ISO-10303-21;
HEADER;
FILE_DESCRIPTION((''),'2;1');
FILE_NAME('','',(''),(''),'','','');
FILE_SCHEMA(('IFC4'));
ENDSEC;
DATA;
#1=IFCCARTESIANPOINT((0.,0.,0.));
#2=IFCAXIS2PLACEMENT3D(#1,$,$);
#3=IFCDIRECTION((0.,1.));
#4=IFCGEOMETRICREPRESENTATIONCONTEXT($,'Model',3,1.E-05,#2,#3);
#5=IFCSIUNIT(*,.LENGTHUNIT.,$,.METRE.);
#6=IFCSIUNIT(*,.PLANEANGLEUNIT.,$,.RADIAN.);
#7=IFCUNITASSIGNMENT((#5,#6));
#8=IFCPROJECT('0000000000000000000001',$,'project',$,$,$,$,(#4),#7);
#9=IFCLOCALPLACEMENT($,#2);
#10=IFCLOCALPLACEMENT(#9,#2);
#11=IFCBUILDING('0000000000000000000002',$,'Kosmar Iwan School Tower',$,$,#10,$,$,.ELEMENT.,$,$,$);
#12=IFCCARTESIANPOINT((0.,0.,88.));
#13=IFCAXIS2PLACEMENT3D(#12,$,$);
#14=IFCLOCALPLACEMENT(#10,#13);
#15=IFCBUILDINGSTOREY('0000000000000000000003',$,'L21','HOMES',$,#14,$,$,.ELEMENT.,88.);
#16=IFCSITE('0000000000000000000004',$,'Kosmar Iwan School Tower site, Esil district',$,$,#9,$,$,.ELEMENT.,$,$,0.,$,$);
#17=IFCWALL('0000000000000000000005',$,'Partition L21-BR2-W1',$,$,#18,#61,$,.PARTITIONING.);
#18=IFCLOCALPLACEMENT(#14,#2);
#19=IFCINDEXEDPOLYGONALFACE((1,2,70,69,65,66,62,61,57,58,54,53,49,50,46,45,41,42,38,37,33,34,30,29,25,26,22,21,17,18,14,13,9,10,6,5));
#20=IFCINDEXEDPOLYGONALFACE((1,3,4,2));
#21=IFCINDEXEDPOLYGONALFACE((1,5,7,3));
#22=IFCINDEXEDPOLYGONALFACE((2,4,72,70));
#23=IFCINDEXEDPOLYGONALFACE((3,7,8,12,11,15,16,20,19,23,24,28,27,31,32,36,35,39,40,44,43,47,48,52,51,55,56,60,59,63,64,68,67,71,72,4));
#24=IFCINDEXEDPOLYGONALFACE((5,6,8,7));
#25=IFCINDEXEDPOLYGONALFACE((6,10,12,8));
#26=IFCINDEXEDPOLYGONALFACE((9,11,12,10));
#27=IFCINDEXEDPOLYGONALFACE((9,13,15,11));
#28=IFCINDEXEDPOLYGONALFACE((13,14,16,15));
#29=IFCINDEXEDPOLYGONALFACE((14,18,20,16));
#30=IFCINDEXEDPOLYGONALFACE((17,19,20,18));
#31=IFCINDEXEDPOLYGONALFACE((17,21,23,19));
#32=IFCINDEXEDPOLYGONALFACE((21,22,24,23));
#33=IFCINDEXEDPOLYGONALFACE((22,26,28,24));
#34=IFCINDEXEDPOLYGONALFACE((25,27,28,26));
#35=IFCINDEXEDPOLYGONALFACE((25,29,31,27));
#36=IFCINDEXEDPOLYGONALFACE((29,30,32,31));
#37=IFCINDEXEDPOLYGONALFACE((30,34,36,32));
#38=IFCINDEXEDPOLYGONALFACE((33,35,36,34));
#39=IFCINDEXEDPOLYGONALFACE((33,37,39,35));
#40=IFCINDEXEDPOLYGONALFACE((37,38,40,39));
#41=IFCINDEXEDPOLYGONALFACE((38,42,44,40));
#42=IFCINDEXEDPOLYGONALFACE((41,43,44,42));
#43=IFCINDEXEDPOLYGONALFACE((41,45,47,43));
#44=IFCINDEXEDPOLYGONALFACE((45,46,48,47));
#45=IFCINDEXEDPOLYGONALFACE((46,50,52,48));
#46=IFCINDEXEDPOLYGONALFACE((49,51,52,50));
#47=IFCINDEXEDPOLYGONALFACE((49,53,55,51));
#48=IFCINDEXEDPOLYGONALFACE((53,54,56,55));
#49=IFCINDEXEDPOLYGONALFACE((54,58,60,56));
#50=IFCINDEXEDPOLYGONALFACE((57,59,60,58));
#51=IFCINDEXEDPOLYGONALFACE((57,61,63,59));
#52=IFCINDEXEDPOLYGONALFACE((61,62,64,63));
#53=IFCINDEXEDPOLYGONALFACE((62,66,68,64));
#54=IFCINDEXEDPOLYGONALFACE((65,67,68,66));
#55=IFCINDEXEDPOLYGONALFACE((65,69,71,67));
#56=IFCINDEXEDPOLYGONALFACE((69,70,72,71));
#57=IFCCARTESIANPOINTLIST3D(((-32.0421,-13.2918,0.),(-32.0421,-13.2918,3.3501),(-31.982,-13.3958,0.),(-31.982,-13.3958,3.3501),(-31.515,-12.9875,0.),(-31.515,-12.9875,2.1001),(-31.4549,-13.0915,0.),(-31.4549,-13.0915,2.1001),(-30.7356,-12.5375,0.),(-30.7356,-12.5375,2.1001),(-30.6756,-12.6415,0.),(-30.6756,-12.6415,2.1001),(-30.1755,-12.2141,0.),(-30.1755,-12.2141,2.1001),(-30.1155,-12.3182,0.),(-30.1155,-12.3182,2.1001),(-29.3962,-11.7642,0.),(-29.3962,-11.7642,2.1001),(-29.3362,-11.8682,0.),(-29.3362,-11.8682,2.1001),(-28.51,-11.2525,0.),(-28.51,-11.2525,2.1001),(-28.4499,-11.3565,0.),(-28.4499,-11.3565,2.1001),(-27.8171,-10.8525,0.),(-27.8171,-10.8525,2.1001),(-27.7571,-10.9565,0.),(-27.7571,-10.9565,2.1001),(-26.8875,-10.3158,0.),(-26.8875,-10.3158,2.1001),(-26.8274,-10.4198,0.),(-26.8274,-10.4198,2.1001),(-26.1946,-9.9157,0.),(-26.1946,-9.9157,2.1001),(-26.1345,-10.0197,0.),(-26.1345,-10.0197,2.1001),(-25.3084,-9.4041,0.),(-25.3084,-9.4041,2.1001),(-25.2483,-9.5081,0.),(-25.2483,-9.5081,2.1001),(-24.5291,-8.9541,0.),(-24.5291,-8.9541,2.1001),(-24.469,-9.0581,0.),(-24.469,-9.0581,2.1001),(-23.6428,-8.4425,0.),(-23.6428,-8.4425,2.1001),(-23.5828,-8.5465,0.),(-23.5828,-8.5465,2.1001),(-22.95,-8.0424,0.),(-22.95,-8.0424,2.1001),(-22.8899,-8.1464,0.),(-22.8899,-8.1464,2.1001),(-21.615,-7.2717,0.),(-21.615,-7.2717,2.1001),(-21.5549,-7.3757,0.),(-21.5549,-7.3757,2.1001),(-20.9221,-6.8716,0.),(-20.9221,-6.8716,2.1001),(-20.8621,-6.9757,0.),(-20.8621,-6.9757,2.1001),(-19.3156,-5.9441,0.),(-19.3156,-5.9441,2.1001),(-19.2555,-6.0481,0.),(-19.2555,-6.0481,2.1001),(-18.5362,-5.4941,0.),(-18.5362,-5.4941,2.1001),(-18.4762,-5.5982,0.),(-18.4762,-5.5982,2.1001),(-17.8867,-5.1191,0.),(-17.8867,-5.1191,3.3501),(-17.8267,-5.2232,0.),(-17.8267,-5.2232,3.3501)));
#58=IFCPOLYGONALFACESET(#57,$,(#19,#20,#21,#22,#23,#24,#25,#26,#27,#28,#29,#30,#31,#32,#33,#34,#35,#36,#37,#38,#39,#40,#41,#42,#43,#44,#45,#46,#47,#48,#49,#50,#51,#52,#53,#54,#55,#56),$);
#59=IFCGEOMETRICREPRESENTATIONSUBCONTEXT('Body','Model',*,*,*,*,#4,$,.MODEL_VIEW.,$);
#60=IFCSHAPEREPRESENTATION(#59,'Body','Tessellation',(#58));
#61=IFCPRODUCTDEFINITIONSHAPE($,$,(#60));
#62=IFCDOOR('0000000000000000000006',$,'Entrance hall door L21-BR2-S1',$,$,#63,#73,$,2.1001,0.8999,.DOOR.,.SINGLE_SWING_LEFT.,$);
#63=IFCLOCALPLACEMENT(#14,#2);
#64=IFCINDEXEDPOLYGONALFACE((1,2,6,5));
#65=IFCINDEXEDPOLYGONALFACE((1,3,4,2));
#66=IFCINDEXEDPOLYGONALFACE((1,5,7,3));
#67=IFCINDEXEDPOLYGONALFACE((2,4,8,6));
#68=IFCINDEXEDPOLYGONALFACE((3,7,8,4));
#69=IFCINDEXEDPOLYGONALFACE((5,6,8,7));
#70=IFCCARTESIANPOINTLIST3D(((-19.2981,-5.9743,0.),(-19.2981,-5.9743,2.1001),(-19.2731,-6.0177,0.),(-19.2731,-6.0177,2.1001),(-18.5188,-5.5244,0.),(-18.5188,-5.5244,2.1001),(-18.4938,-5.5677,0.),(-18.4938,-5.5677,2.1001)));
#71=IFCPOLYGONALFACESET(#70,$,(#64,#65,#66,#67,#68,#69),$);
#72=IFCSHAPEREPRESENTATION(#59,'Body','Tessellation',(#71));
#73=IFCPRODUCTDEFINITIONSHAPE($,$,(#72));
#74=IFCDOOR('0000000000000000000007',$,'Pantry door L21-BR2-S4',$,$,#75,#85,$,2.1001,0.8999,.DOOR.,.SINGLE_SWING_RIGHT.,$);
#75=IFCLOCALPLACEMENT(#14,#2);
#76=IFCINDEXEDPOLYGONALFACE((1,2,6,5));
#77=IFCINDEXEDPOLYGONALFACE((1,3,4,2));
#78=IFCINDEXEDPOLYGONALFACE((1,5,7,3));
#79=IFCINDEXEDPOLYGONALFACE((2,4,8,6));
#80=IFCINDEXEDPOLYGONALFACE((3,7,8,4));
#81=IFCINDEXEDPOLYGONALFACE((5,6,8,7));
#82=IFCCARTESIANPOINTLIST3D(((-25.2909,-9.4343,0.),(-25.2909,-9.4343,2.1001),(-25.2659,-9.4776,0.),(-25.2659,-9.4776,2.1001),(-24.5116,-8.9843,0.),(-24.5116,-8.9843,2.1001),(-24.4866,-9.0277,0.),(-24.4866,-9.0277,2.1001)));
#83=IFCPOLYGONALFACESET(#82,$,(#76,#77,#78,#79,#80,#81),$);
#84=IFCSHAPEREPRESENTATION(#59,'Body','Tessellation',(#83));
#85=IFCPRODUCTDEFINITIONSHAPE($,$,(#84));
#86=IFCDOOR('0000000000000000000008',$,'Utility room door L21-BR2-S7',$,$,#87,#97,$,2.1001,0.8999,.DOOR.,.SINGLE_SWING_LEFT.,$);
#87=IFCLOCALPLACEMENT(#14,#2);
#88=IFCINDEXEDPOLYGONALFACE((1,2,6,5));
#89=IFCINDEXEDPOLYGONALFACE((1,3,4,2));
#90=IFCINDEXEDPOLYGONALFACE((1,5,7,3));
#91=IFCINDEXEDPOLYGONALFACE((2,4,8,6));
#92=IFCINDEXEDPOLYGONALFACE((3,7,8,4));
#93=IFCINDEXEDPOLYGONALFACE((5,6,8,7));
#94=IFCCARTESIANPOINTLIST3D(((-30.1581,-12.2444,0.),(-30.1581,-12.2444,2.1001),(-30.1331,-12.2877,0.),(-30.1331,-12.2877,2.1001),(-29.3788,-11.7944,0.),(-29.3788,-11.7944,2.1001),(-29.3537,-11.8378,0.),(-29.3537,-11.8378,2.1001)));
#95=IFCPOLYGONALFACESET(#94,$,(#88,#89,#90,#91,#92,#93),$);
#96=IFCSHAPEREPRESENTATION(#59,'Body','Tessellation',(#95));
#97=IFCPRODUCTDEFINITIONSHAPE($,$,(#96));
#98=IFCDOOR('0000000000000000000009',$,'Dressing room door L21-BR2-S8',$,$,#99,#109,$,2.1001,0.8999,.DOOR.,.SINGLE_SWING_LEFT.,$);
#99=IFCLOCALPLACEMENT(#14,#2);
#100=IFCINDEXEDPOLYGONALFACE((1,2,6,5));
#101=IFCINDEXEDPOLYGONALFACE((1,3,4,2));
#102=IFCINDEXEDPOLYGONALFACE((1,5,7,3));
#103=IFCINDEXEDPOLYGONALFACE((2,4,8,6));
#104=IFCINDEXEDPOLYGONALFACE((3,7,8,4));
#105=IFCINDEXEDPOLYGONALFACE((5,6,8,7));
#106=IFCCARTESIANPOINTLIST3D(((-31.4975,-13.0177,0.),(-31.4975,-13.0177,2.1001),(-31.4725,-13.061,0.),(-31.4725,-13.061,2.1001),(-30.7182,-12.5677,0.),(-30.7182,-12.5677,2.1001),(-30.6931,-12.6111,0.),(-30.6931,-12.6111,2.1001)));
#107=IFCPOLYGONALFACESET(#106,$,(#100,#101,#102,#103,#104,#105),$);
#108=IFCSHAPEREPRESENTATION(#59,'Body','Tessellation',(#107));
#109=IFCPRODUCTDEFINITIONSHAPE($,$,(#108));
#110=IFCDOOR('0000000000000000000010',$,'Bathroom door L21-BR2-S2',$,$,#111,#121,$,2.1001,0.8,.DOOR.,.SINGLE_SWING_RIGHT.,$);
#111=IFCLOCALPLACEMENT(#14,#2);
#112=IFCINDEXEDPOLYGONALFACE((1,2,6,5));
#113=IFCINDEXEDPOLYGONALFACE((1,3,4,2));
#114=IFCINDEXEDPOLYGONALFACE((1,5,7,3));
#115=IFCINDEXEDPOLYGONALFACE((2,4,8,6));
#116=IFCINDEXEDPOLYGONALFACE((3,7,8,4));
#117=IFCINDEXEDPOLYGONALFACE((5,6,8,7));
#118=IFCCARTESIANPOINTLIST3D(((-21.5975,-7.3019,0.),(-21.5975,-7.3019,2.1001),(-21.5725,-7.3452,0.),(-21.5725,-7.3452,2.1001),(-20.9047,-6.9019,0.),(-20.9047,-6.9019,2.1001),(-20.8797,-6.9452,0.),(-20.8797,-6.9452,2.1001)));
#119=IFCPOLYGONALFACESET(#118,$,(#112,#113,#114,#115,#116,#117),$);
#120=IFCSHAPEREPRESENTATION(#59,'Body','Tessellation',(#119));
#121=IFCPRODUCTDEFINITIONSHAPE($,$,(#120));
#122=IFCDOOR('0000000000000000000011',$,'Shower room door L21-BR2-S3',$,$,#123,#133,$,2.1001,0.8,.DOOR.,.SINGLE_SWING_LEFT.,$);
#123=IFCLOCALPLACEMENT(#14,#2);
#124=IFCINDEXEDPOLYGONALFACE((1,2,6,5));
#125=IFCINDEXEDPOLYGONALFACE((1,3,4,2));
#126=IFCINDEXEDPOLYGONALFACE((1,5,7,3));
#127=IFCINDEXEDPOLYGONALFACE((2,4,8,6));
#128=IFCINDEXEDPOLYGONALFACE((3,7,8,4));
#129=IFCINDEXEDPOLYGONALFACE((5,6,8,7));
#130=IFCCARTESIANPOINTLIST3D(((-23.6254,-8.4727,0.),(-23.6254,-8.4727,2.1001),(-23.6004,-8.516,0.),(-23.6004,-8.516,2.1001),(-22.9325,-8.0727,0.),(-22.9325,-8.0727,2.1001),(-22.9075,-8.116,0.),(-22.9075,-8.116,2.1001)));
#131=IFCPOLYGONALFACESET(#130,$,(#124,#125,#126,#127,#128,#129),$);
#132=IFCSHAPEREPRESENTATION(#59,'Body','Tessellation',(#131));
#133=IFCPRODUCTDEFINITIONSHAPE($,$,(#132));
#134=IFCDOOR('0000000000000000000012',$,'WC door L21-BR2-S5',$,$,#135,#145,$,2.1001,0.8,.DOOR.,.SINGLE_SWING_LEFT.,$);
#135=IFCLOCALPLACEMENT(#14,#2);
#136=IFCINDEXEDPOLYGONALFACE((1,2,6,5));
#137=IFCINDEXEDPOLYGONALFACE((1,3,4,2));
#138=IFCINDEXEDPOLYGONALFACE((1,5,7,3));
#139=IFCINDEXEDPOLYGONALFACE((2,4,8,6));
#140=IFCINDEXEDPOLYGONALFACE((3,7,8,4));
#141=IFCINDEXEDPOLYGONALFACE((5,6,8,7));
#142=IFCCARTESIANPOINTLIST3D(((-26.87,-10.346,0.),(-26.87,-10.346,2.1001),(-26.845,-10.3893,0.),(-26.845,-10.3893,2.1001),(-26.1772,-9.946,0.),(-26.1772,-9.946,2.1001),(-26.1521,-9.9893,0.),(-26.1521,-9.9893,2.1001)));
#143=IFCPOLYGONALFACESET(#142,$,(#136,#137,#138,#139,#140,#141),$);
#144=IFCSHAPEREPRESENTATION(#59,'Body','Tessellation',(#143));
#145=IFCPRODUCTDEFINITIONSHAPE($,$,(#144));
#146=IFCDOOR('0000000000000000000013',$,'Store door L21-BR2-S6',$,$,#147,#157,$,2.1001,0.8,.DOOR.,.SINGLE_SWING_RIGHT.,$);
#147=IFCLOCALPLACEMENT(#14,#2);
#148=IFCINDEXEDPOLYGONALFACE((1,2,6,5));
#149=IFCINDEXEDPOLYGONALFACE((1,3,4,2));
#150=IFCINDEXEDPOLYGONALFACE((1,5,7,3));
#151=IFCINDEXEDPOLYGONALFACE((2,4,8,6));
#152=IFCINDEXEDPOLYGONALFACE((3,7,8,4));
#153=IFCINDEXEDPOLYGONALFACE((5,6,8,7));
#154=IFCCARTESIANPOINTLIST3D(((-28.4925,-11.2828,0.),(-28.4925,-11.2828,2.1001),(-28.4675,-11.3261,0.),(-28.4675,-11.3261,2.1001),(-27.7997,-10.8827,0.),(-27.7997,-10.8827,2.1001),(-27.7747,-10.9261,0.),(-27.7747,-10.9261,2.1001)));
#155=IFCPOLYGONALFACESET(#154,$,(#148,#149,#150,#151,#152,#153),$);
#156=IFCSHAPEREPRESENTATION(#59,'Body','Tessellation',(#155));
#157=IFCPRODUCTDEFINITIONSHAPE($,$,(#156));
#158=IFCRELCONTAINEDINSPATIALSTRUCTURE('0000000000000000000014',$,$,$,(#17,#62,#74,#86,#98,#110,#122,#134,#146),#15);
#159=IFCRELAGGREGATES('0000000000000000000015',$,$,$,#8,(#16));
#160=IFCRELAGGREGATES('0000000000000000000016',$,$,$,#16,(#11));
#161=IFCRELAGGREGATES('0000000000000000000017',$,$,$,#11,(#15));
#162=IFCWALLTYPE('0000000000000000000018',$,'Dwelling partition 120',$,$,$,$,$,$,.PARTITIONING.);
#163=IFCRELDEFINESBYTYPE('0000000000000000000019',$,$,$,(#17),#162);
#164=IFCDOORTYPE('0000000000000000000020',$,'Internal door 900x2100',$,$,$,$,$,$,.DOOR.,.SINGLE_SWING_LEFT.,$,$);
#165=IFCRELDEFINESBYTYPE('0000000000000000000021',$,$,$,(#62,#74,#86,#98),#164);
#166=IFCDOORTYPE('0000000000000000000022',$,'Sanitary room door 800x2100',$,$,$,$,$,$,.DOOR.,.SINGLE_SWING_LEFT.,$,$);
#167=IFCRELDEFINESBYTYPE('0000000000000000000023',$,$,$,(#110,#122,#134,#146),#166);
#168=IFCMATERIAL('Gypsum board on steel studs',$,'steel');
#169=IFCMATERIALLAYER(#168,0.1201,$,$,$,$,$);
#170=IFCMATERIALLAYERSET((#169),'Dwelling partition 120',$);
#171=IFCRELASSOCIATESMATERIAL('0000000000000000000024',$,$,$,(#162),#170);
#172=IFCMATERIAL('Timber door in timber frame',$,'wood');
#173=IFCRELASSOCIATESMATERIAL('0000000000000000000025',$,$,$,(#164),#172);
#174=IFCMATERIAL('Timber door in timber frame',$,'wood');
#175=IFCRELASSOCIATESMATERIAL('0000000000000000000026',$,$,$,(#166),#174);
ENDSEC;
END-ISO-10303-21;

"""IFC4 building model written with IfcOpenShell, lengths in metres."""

from ifc_helpers import new_model, si_unit, direction, frame, frame_2d, origin, place, context, subcontext, project, spatial, rectangle, extrude, material, layer, layer_set, type_object, element, fill, save


model = new_model("IFC4")

# Units and contexts
model_context = context("Model", 3, precision=1e-05, world=origin(), true_north=direction((0.0, 1.0)))
body_context = subcontext(model_context, "Body", "Model", "MODEL_VIEW")
ifc_project = project(units=[si_unit("LENGTHUNIT", "METRE"), si_unit("PLANEANGLEUNIT", "RADIAN")], contexts=[model_context])

# Site, building, storey
site_placement = place(None, origin())
site = spatial("IfcSite", under=ifc_project, at=site_placement, Name="Kosmar Iwan School Tower site, Esil district", CompositionType="ELEMENT", RefElevation=0.0)
building_placement = place(site_placement, origin())
building = spatial("IfcBuilding", under=site, at=building_placement, Name="Kosmar Iwan School Tower", CompositionType="ELEMENT")
storey_placement = place(building_placement, frame((0.0, 0.0, 88.0)))
storey = spatial("IfcBuildingStorey", under=building, at=storey_placement, Name="L21", Description="HOMES", CompositionType="ELEMENT", Elevation=88.0)

# Shared definitions
ifc_material_1 = material(Name="Gypsum board on steel studs", Category="steel")
ifc_layer = layer(ifc_material_1, 0.1201)
ifc_layer_set = layer_set([ifc_layer], Name="Dwelling partition 120")
wall_type = type_object("IfcWallType", Name="Dwelling partition 120", PredefinedType="PARTITIONING", material=ifc_layer_set)

# Wall, openings, doors
wall_1_placement = place(storey_placement, frame((-17.8567, -5.1711, 0.0), z_axis=(0.0, 0.0, 1.0), x_axis=(-0.866024, -0.500003, 0.0)))
wall_1 = element("IfcWall", 1, at=wall_1_placement, inside=storey, type_object=wall_type, Name="Partition L21-BR2-W1", PredefinedType="PARTITIONING", context=body_context, shape_type="SweptSolid", body=[
    extrude(rectangle(XDim=16.3452, YDim=0.1201, at=frame_2d((8.1726, 0.0))), origin(), (0.0, 0.0, 1.0), 3.3501),
])
opening_1_placement = place(wall_1_placement, frame((0.75, 0.0, 0.0)))
opening_1 = element("IfcOpeningElement", 2, at=opening_1_placement, cuts=wall_1, PredefinedType="OPENING", context=body_context, shape_type="SweptSolid", body=[
    extrude(rectangle(XDim=0.8999, YDim=2.1001, at=frame_2d((0.45, 1.05))), frame((0.0, 0.072, 0.0), z_axis=(0.0, -1.0, 0.0), x_axis=(1.0, 0.0, 0.0)), (0.0, 0.0, 1.0), 0.144),
])
opening_2_placement = place(wall_1_placement, frame((3.5051, 0.0, 0.0)))
opening_2 = element("IfcOpeningElement", 3, at=opening_2_placement, cuts=wall_1, PredefinedType="OPENING", context=body_context, shape_type="SweptSolid", body=[
    extrude(rectangle(XDim=0.8, YDim=2.1001, at=frame_2d((0.3999, 1.05))), frame((0.0, 0.072, 0.0), z_axis=(0.0, -1.0, 0.0), x_axis=(1.0, 0.0, 0.0)), (0.0, 0.0, 1.0), 0.144),
])
opening_3_placement = place(wall_1_placement, frame((5.8467, 0.0, 0.0)))
opening_3 = element("IfcOpeningElement", 4, at=opening_3_placement, cuts=wall_1, PredefinedType="OPENING", context=body_context, shape_type="SweptSolid", body=[
    extrude(rectangle(XDim=0.8, YDim=2.1001, at=frame_2d((0.3999, 1.05))), frame((0.0, 0.072, 0.0), z_axis=(0.0, -1.0, 0.0), x_axis=(1.0, 0.0, 0.0)), (0.0, 0.0, 1.0), 0.144),
])
opening_4_placement = place(wall_1_placement, frame((7.6699, 0.0, 0.0)))
opening_4 = element("IfcOpeningElement", 5, at=opening_4_placement, cuts=wall_1, PredefinedType="OPENING", context=body_context, shape_type="SweptSolid", body=[
    extrude(rectangle(XDim=0.8999, YDim=2.1001, at=frame_2d((0.45, 1.05))), frame((0.0, 0.072, 0.0), z_axis=(0.0, -1.0, 0.0), x_axis=(1.0, 0.0, 0.0)), (0.0, 0.0, 1.0), 0.144),
])
opening_5_placement = place(wall_1_placement, frame((9.5933, 0.0, 0.0)))
opening_5 = element("IfcOpeningElement", 6, at=opening_5_placement, cuts=wall_1, PredefinedType="OPENING", context=body_context, shape_type="SweptSolid", body=[
    extrude(rectangle(XDim=0.8, YDim=2.1001, at=frame_2d((0.3999, 1.05))), frame((0.0, 0.072, 0.0), z_axis=(0.0, -1.0, 0.0), x_axis=(1.0, 0.0, 0.0)), (0.0, 0.0, 1.0), 0.144),
])
opening_6_placement = place(wall_1_placement, frame((11.4668, 0.0, 0.0)))
opening_6 = element("IfcOpeningElement", 7, at=opening_6_placement, cuts=wall_1, PredefinedType="OPENING", context=body_context, shape_type="SweptSolid", body=[
    extrude(rectangle(XDim=0.8, YDim=2.1001, at=frame_2d((0.3999, 1.05))), frame((0.0, 0.072, 0.0), z_axis=(0.0, -1.0, 0.0), x_axis=(1.0, 0.0, 0.0)), (0.0, 0.0, 1.0), 0.144),
])
opening_7_placement = place(wall_1_placement, frame((13.29, 0.0, 0.0)))
opening_7 = element("IfcOpeningElement", 8, at=opening_7_placement, cuts=wall_1, PredefinedType="OPENING", context=body_context, shape_type="SweptSolid", body=[
    extrude(rectangle(XDim=0.8999, YDim=2.1001, at=frame_2d((0.45, 1.05))), frame((0.0, 0.072, 0.0), z_axis=(0.0, -1.0, 0.0), x_axis=(1.0, 0.0, 0.0)), (0.0, 0.0, 1.0), 0.144),
])
opening_8_placement = place(wall_1_placement, frame((14.8367, 0.0, 0.0)))
opening_8 = element("IfcOpeningElement", 9, at=opening_8_placement, cuts=wall_1, PredefinedType="OPENING", context=body_context, shape_type="SweptSolid", body=[
    extrude(rectangle(XDim=0.8999, YDim=2.1001, at=frame_2d((0.45, 1.05))), frame((0.0, 0.072, 0.0), z_axis=(0.0, -1.0, 0.0), x_axis=(1.0, 0.0, 0.0)), (0.0, 0.0, 1.0), 0.144),
])
ifc_material_2 = material(Name="Timber door in timber frame", Category="wood")
door_type_1 = type_object("IfcDoorType", Name="Internal door 900x2100", OperationType="SINGLE_SWING_LEFT", PredefinedType="DOOR", material=ifc_material_2)
door_1_placement = place(opening_1_placement, origin())
door_1 = element("IfcDoor", 10, at=door_1_placement, inside=storey, type_object=door_type_1, Name="Entrance hall door L21-BR2-S1", OperationType="SINGLE_SWING_LEFT", OverallHeight=2.1001, OverallWidth=0.8999, PredefinedType="DOOR", context=body_context, shape_type="SweptSolid", body=[
    extrude(rectangle(XDim=0.8999, YDim=2.1001, at=frame_2d((0.45, 1.05))), frame((0.0, 0.0249, 0.0), z_axis=(0.0, -1.0, 0.0), x_axis=(1.0, 0.0, 0.0)), (0.0, 0.0, 1.0), 0.05),
])
fill(opening_1, door_1)
door_2_placement = place(opening_4_placement, origin())
door_2 = element("IfcDoor", 11, at=door_2_placement, inside=storey, type_object=door_type_1, Name="Pantry door L21-BR2-S4", OperationType="SINGLE_SWING_RIGHT", OverallHeight=2.1001, OverallWidth=0.8999, PredefinedType="DOOR", context=body_context, shape_type="SweptSolid", body=[
    extrude(rectangle(XDim=0.8999, YDim=2.1001, at=frame_2d((0.45, 1.05))), frame((0.0, 0.0249, 0.0), z_axis=(0.0, -1.0, 0.0), x_axis=(1.0, 0.0, 0.0)), (0.0, 0.0, 1.0), 0.05),
])
fill(opening_4, door_2)
door_3_placement = place(opening_7_placement, origin())
door_3 = element("IfcDoor", 12, at=door_3_placement, inside=storey, type_object=door_type_1, Name="Utility room door L21-BR2-S7", OperationType="SINGLE_SWING_LEFT", OverallHeight=2.1001, OverallWidth=0.8999, PredefinedType="DOOR", context=body_context, shape_type="SweptSolid", body=[
    extrude(rectangle(XDim=0.8999, YDim=2.1001, at=frame_2d((0.45, 1.05))), frame((0.0, 0.0249, 0.0), z_axis=(0.0, -1.0, 0.0), x_axis=(1.0, 0.0, 0.0)), (0.0, 0.0, 1.0), 0.05),
])
fill(opening_7, door_3)
door_4_placement = place(opening_8_placement, origin())
door_4 = element("IfcDoor", 13, at=door_4_placement, inside=storey, type_object=door_type_1, Name="Dressing room door L21-BR2-S8", OperationType="SINGLE_SWING_LEFT", OverallHeight=2.1001, OverallWidth=0.8999, PredefinedType="DOOR", context=body_context, shape_type="SweptSolid", body=[
    extrude(rectangle(XDim=0.8999, YDim=2.1001, at=frame_2d((0.45, 1.05))), frame((0.0, 0.0249, 0.0), z_axis=(0.0, -1.0, 0.0), x_axis=(1.0, 0.0, 0.0)), (0.0, 0.0, 1.0), 0.05),
])
fill(opening_8, door_4)
ifc_material_3 = material(Name="Timber door in timber frame", Category="wood")
door_type_2 = type_object("IfcDoorType", Name="Sanitary room door 800x2100", OperationType="SINGLE_SWING_LEFT", PredefinedType="DOOR", material=ifc_material_3)
door_5_placement = place(opening_2_placement, origin())
door_5 = element("IfcDoor", 14, at=door_5_placement, inside=storey, type_object=door_type_2, Name="Bathroom door L21-BR2-S2", OperationType="SINGLE_SWING_RIGHT", OverallHeight=2.1001, OverallWidth=0.8, PredefinedType="DOOR", context=body_context, shape_type="SweptSolid", body=[
    extrude(rectangle(XDim=0.8, YDim=2.1001, at=frame_2d((0.3999, 1.05))), frame((0.0, 0.0249, 0.0), z_axis=(0.0, -1.0, 0.0), x_axis=(1.0, 0.0, 0.0)), (0.0, 0.0, 1.0), 0.05),
])
fill(opening_2, door_5)
door_6_placement = place(opening_3_placement, origin())
door_6 = element("IfcDoor", 15, at=door_6_placement, inside=storey, type_object=door_type_2, Name="Shower room door L21-BR2-S3", OperationType="SINGLE_SWING_LEFT", OverallHeight=2.1001, OverallWidth=0.8, PredefinedType="DOOR", context=body_context, shape_type="SweptSolid", body=[
    extrude(rectangle(XDim=0.8, YDim=2.1001, at=frame_2d((0.3999, 1.05))), frame((0.0, 0.0249, 0.0), z_axis=(0.0, -1.0, 0.0), x_axis=(1.0, 0.0, 0.0)), (0.0, 0.0, 1.0), 0.05),
])
fill(opening_3, door_6)
door_7_placement = place(opening_5_placement, origin())
door_7 = element("IfcDoor", 16, at=door_7_placement, inside=storey, type_object=door_type_2, Name="WC door L21-BR2-S5", OperationType="SINGLE_SWING_LEFT", OverallHeight=2.1001, OverallWidth=0.8, PredefinedType="DOOR", context=body_context, shape_type="SweptSolid", body=[
    extrude(rectangle(XDim=0.8, YDim=2.1001, at=frame_2d((0.3999, 1.05))), frame((0.0, 0.0249, 0.0), z_axis=(0.0, -1.0, 0.0), x_axis=(1.0, 0.0, 0.0)), (0.0, 0.0, 1.0), 0.05),
])
fill(opening_5, door_7)
door_8_placement = place(opening_6_placement, origin())
door_8 = element("IfcDoor", 17, at=door_8_placement, inside=storey, type_object=door_type_2, Name="Store door L21-BR2-S6", OperationType="SINGLE_SWING_RIGHT", OverallHeight=2.1001, OverallWidth=0.8, PredefinedType="DOOR", context=body_context, shape_type="SweptSolid", body=[
    extrude(rectangle(XDim=0.8, YDim=2.1001, at=frame_2d((0.3999, 1.05))), frame((0.0, 0.0249, 0.0), z_axis=(0.0, -1.0, 0.0), x_axis=(1.0, 0.0, 0.0)), (0.0, 0.0, 1.0), 0.05),
])
fill(opening_6, door_8)

save(model, "model.ifc")
